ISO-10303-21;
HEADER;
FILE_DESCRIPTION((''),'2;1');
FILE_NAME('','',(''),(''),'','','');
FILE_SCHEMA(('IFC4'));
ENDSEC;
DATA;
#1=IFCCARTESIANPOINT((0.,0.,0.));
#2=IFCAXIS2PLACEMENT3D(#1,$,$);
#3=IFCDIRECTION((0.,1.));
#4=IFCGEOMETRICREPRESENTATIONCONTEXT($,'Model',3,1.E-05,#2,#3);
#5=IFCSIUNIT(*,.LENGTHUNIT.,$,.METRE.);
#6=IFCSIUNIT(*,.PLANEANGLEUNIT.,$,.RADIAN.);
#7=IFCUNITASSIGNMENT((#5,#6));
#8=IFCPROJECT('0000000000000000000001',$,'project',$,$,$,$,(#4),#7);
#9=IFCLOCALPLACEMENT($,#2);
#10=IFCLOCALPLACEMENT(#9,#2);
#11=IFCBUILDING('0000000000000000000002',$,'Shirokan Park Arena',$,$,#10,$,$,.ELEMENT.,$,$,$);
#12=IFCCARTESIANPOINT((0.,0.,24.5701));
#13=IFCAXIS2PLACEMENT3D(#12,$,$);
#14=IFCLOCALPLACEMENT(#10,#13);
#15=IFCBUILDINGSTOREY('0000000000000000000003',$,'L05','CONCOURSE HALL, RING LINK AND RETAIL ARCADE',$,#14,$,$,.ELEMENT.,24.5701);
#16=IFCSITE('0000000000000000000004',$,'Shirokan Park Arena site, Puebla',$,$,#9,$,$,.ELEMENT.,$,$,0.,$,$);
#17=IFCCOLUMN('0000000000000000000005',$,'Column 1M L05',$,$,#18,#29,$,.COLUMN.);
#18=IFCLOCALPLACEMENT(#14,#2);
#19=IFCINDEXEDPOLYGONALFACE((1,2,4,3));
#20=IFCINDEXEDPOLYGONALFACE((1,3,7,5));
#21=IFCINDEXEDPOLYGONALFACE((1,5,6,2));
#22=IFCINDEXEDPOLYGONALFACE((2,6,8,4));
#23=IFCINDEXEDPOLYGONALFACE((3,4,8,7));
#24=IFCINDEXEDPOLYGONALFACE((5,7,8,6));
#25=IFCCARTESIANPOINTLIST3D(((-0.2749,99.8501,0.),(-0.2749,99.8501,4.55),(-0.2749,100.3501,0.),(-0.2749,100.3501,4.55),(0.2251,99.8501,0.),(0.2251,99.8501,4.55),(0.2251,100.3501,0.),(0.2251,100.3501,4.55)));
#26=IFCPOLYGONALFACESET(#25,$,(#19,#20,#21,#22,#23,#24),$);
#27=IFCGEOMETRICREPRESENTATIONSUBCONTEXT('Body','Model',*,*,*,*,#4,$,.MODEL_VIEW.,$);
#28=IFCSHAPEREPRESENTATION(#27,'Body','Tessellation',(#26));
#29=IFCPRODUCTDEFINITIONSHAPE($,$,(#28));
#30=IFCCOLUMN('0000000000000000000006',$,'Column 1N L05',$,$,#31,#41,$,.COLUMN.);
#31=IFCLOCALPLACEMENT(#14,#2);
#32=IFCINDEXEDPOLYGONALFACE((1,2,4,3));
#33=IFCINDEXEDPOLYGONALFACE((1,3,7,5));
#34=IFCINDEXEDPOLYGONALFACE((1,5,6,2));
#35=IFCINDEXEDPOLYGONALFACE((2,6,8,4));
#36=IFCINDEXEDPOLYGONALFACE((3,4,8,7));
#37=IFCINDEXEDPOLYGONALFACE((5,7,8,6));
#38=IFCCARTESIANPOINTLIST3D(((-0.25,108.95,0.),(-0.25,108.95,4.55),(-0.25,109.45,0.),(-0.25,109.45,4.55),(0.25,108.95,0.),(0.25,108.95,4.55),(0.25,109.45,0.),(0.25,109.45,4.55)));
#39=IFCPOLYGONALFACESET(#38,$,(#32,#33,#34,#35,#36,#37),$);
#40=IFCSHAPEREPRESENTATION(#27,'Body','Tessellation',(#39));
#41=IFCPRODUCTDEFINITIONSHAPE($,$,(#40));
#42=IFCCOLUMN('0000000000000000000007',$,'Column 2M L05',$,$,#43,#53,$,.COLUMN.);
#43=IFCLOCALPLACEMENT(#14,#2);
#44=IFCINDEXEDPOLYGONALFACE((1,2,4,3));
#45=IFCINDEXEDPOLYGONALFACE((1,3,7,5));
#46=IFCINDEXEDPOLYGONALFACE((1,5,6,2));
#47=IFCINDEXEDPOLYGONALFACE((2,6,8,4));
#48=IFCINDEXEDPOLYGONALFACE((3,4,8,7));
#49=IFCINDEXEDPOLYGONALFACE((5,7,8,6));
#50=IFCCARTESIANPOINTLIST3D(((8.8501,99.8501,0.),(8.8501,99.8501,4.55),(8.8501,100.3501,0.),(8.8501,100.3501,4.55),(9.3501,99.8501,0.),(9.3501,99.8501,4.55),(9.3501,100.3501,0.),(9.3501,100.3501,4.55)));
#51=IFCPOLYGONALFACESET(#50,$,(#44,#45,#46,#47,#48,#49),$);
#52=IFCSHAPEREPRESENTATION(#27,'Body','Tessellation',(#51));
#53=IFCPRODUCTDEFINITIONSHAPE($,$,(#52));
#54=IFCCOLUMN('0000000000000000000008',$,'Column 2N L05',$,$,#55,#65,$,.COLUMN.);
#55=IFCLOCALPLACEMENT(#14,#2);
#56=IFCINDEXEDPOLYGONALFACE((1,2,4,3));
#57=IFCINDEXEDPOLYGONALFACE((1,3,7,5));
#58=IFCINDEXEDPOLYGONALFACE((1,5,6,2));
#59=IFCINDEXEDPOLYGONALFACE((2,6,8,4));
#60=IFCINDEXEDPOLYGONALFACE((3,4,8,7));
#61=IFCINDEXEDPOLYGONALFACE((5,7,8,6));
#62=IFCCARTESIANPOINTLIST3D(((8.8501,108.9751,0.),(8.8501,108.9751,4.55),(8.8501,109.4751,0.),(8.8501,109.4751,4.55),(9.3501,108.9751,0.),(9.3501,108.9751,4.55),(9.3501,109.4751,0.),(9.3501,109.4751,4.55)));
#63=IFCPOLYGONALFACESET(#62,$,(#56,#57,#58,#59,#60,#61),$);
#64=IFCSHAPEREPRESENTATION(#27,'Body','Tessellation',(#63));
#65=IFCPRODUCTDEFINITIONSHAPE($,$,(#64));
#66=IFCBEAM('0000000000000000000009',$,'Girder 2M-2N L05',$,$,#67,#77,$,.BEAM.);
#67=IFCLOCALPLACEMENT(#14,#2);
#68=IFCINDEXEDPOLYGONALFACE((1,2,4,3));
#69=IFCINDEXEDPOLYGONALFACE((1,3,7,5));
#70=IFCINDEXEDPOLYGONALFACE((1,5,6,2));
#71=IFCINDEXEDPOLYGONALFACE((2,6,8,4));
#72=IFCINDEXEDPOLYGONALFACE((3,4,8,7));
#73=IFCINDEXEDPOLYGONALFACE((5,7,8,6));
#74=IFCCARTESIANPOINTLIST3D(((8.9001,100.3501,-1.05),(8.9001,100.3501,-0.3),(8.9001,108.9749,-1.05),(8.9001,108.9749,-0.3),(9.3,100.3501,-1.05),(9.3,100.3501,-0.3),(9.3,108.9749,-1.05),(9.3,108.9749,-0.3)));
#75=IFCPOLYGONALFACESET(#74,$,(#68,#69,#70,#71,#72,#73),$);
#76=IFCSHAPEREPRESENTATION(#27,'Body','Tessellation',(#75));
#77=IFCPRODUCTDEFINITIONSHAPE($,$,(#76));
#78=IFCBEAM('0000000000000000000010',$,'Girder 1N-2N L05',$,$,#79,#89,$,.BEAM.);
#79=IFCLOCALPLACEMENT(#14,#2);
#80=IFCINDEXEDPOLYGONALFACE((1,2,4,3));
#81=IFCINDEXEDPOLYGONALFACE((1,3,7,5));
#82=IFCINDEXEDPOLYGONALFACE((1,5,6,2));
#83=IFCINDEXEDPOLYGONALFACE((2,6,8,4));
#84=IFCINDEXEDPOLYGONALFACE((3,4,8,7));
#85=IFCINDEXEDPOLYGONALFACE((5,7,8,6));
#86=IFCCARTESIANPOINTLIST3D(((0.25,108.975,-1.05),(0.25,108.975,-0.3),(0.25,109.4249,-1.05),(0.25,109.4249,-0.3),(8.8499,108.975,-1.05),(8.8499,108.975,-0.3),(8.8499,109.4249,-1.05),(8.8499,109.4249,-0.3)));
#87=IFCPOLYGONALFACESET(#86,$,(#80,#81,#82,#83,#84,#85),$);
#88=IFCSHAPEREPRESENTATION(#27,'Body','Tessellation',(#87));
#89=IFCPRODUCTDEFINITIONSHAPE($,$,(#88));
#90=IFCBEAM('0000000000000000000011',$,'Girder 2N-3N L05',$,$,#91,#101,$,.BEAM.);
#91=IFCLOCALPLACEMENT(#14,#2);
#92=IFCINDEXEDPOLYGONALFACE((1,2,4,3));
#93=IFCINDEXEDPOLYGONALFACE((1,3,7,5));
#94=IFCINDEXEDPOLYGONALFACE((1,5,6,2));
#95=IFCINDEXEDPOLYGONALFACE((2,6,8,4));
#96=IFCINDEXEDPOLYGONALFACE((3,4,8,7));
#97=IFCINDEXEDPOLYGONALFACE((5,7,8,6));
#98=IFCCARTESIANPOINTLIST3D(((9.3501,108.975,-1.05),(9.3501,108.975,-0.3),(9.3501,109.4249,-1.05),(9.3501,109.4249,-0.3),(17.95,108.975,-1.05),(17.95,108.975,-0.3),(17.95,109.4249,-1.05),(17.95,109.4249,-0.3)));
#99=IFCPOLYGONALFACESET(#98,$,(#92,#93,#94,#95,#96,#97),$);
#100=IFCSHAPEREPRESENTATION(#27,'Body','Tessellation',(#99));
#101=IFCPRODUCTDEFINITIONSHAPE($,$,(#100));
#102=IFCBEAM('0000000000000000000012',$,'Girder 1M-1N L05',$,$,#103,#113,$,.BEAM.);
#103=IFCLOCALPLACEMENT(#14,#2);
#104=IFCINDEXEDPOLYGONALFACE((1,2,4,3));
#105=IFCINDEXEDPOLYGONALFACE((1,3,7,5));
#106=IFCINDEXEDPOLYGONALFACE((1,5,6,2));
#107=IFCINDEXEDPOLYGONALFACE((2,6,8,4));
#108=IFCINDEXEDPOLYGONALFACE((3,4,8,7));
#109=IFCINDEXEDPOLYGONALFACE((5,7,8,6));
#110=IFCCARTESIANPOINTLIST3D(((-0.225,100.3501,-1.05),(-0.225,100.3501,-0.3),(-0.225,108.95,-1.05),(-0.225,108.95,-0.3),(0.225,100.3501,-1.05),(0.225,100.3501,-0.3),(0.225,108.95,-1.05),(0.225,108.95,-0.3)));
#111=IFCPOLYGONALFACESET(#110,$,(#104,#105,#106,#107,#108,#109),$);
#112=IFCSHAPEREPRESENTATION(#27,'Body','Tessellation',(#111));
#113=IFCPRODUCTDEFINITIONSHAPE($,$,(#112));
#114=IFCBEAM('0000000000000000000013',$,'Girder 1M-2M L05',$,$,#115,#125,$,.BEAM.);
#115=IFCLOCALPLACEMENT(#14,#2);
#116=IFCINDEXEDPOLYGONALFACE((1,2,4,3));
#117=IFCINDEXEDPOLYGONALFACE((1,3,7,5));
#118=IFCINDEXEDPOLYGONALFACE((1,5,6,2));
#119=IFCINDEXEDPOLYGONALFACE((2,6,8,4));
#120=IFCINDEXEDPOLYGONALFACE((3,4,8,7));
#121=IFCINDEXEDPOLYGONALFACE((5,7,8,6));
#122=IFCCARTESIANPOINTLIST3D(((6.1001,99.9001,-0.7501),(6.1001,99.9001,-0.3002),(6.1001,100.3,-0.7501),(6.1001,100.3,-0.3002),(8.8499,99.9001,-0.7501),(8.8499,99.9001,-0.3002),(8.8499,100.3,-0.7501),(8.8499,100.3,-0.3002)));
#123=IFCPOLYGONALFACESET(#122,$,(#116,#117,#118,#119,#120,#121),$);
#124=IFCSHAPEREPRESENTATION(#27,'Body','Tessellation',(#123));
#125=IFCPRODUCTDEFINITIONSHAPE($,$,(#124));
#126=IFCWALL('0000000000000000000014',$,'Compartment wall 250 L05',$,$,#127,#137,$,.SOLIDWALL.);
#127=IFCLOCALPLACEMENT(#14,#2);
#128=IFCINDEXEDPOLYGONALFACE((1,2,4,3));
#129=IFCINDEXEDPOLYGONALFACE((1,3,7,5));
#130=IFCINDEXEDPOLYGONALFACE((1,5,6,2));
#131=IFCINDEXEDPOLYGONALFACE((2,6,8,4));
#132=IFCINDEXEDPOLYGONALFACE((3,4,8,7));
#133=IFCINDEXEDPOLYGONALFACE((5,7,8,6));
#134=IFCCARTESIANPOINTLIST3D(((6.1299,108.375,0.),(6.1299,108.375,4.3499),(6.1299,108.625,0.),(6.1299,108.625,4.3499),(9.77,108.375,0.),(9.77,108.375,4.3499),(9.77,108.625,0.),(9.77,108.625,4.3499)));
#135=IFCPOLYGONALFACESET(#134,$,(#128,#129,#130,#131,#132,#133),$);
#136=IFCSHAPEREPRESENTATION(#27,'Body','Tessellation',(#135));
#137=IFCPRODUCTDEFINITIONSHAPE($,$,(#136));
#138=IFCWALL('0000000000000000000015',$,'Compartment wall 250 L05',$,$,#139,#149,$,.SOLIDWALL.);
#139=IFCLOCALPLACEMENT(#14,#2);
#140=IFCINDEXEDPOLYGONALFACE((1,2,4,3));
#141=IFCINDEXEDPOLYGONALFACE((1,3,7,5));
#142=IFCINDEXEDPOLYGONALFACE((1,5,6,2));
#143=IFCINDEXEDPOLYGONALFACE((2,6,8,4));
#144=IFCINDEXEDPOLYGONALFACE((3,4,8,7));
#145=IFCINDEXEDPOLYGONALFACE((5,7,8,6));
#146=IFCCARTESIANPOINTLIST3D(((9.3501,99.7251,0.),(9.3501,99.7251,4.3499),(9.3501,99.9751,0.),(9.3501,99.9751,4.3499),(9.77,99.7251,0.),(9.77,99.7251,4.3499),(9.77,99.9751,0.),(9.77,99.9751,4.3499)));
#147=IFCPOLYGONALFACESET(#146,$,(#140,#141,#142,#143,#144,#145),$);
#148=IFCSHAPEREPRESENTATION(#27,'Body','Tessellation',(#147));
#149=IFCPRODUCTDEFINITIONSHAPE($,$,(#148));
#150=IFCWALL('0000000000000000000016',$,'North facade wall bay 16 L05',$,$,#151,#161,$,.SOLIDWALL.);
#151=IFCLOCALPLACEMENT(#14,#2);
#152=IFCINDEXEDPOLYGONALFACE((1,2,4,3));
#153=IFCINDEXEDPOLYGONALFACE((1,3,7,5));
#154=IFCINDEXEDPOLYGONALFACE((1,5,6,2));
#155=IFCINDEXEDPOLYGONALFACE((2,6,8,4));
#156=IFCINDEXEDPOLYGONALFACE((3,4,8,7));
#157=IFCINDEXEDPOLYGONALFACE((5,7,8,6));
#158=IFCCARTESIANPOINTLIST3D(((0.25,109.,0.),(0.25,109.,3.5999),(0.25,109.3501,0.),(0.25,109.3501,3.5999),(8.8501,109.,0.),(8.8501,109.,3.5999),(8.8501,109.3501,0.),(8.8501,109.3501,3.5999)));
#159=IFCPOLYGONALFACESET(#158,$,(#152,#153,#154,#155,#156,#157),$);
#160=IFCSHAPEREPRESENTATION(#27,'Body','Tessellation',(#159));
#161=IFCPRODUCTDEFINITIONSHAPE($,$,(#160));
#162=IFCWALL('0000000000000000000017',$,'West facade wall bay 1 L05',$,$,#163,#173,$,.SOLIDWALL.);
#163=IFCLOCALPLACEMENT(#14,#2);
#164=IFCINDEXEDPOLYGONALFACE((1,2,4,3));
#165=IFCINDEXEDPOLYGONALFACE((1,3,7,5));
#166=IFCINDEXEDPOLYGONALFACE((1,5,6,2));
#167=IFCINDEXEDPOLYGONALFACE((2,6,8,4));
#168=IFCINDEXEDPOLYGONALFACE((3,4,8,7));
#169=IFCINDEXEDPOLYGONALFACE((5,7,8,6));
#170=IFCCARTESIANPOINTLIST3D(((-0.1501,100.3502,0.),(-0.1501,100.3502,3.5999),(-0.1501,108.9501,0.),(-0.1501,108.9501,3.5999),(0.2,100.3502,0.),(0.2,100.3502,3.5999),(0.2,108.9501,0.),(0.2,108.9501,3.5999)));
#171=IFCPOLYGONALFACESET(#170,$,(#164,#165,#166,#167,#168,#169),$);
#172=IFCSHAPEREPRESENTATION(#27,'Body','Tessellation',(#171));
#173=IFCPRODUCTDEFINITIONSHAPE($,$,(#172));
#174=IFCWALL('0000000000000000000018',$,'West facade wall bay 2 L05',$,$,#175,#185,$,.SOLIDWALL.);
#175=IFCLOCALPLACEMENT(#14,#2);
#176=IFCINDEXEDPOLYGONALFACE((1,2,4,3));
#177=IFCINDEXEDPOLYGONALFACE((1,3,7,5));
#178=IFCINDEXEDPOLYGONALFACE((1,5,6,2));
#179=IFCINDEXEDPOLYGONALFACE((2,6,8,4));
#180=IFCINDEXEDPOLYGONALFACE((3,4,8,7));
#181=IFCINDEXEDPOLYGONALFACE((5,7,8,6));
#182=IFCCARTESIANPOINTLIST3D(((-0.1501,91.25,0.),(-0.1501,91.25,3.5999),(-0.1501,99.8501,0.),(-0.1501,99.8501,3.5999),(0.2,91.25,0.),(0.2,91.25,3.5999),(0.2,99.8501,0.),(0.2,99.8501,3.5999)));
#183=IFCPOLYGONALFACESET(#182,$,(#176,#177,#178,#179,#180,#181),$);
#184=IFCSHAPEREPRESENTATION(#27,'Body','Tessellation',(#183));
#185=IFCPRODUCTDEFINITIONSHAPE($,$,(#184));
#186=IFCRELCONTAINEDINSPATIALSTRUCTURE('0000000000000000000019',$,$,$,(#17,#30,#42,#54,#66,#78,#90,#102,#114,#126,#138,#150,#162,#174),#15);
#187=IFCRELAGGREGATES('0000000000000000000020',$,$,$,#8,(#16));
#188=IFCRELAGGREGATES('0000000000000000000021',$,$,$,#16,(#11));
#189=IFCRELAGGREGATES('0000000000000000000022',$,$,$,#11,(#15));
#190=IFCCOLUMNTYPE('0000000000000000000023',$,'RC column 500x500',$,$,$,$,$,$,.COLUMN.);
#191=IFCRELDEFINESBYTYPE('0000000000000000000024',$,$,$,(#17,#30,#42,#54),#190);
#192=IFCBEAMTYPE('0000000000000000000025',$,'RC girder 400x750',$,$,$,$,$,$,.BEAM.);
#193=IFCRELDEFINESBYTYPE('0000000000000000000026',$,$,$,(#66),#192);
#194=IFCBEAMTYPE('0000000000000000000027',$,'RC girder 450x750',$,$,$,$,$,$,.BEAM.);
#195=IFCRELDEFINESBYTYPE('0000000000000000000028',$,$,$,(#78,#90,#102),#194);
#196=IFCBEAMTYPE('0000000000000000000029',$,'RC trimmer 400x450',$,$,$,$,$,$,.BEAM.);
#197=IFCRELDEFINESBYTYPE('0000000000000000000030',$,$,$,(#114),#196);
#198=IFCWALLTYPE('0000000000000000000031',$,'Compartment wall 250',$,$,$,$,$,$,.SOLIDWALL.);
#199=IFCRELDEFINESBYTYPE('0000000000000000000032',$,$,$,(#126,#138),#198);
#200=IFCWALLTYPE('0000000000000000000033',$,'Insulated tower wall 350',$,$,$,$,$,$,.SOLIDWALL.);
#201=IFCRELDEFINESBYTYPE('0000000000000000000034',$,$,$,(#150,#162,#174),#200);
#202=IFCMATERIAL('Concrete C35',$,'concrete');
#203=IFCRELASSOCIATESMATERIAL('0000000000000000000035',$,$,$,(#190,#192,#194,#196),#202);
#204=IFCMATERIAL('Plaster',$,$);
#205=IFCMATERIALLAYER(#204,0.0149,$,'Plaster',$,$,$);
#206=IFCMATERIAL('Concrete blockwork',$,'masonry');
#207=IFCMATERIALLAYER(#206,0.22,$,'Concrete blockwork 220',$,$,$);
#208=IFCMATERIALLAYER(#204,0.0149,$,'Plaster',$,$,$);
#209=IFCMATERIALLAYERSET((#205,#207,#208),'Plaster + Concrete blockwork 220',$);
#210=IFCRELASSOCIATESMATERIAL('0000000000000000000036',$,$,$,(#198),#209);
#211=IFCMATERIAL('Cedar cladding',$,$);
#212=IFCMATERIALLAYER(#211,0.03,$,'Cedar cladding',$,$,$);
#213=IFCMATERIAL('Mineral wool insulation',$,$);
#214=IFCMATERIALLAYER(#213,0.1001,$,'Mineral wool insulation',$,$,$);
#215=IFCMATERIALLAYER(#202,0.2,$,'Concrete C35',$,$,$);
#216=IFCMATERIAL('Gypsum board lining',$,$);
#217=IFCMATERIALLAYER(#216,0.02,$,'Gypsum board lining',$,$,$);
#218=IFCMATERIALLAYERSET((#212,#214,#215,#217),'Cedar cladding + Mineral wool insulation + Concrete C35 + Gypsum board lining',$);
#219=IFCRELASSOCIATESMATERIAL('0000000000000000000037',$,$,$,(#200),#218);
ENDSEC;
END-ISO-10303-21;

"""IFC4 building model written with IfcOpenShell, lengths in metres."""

from ifc_helpers import new_model, si_unit, direction, frame, frame_2d, origin, origin_2d, place, context, subcontext, project, spatial, rectangle, extrude, material, layer, layer_set, material_profile, profile_set, type_object, element, save


model = new_model("IFC4")

# Units and contexts
model_context = context("Model", 3, precision=1e-05, world=origin(), true_north=direction((0.0, 1.0)))
body_context = subcontext(model_context, "Body", "Model", "MODEL_VIEW")
ifc_project = project(units=[si_unit("LENGTHUNIT", "METRE"), si_unit("PLANEANGLEUNIT", "RADIAN")], contexts=[model_context])

# Site, building, storey
site_placement = place(None, origin())
site = spatial("IfcSite", under=ifc_project, at=site_placement, Name="Shirokan Park Arena site, Puebla", CompositionType="ELEMENT", RefElevation=0.0)
building_placement = place(site_placement, origin())
building = spatial("IfcBuilding", under=site, at=building_placement, Name="Shirokan Park Arena", CompositionType="ELEMENT")
storey_placement = place(building_placement, frame((0.0, 0.0, 24.5701)))
storey = spatial("IfcBuildingStorey", under=building, at=storey_placement, Name="L05", Description="CONCOURSE HALL, RING LINK AND RETAIL ARCADE", CompositionType="ELEMENT", Elevation=24.5701)

# Columns
ifc_material_1 = material(Name="Concrete C35", Category="concrete")
ifc_material_profile_1 = material_profile(ifc_material_1, rectangle(XDim=0.5, YDim=0.5, at=origin_2d()), Name="500x500")
ifc_profile_set_1 = profile_set([ifc_material_profile_1], Name="Concrete C35")
column_type = type_object("IfcColumnType", Name="RC column 500x500", PredefinedType="COLUMN", material=ifc_profile_set_1)
for number, where, z_axis, x_axis, name in (
    (1, (-0.0249, 100.1001, 0.0), (0.0, 0.0, 1.0), (1.0, 0.0, 0.0), "Column 1M L05"),
    (2, (0.0, 109.2, 0.0), (0.0, 0.0, 1.0), (1.0, 0.0, 0.0), "Column 1N L05"),
    (3, (9.1001, 100.1001, 0.0), (0.0, 0.0, 1.0), (1.0, 0.0, 0.0), "Column 2M L05"),
    (4, (9.1001, 109.2251, 0.0), (0.0, 0.0, 1.0), (1.0, 0.0, 0.0), "Column 2N L05"),
):
    element("IfcColumn", number, at=place(storey_placement, frame(where, z_axis=z_axis, x_axis=x_axis)), inside=storey, type_object=column_type, Name=name, PredefinedType="COLUMN", context=body_context, shape_type="SweptSolid", body=[
        extrude(rectangle(XDim=0.5, YDim=0.5, at=origin_2d()), origin(), (0.0, 0.0, 1.0), 4.55),
    ])

# Beams
ifc_material_profile_2 = material_profile(ifc_material_1, rectangle(XDim=0.3999, YDim=0.75, at=origin_2d()), Name="400x750")
ifc_profile_set_2 = profile_set([ifc_material_profile_2], Name="Concrete C35")
beam_type_1 = type_object("IfcBeamType", Name="RC girder 400x750", PredefinedType="BEAM", material=ifc_profile_set_2)
beam_1_placement = place(storey_placement, frame((9.1001, 100.3501, -0.675), z_axis=(0.0, 1.0, 0.0), x_axis=(-1.0, 0.0, 0.0)))
element("IfcBeam", 5, at=beam_1_placement, inside=storey, type_object=beam_type_1, Name="Girder 2M-2N L05", PredefinedType="BEAM", context=body_context, shape_type="SweptSolid", body=[
    extrude(rectangle(XDim=0.3999, YDim=0.75, at=origin_2d()), origin(), (0.0, 0.0, 1.0), 8.6248),
])
ifc_material_profile_3 = material_profile(ifc_material_1, rectangle(XDim=0.45, YDim=0.75, at=origin_2d()), Name="450x750")
ifc_profile_set_3 = profile_set([ifc_material_profile_3], Name="Concrete C35")
beam_type_2 = type_object("IfcBeamType", Name="RC girder 450x750", PredefinedType="BEAM", material=ifc_profile_set_3)
for number, where, z_axis, x_axis, name in (
    (6, (0.25, 109.2, -0.675), (1.0, 0.0, 0.0), (0.0, 1.0, 0.0), "Girder 1N-2N L05"),
    (7, (9.3501, 109.2, -0.675), (1.0, 0.0, 0.0), (0.0, 1.0, 0.0), "Girder 2N-3N L05"),
    (8, (0.0, 100.3501, -0.675), (0.0, 1.0, 0.0), (-1.0, 0.0, 0.0), "Girder 1M-1N L05"),
):
    element("IfcBeam", number, at=place(storey_placement, frame(where, z_axis=z_axis, x_axis=x_axis)), inside=storey, type_object=beam_type_2, Name=name, PredefinedType="BEAM", context=body_context, shape_type="SweptSolid", body=[
        extrude(rectangle(XDim=0.45, YDim=0.75, at=origin_2d()), origin(), (0.0, 0.0, 1.0), 8.5999),
    ])
ifc_material_profile_4 = material_profile(ifc_material_1, rectangle(XDim=0.3999, YDim=0.45, at=origin_2d()), Name="400x450")
ifc_profile_set_4 = profile_set([ifc_material_profile_4], Name="Concrete C35")
beam_type_3 = type_object("IfcBeamType", Name="RC trimmer 400x450", PredefinedType="BEAM", material=ifc_profile_set_4)
beam_2_placement = place(storey_placement, frame((6.1001, 100.1001, -0.5251), z_axis=(1.0, 0.0, 0.0), x_axis=(0.0, 1.0, 0.0)))
element("IfcBeam", 9, at=beam_2_placement, inside=storey, type_object=beam_type_3, Name="Girder 1M-2M L05", PredefinedType="BEAM", context=body_context, shape_type="SweptSolid", body=[
    extrude(rectangle(XDim=0.3999, YDim=0.45, at=origin_2d()), origin(), (0.0, 0.0, 1.0), 2.7498),
])

# Walls
ifc_material_2 = material(Name="Plaster")
ifc_layer_1 = layer(ifc_material_2, 0.0149, Name="Plaster")
ifc_material_3 = material(Name="Concrete blockwork", Category="masonry")
ifc_layer_2 = layer(ifc_material_3, 0.22, Name="Concrete blockwork 220")
ifc_layer_3 = layer(ifc_material_2, 0.0149, Name="Plaster")
ifc_layer_set_1 = layer_set([ifc_layer_1, ifc_layer_2, ifc_layer_3], Name="Plaster + Concrete blockwork 220")
wall_type_1 = type_object("IfcWallType", Name="Compartment wall 250", PredefinedType="SOLIDWALL", material=ifc_layer_set_1)
wall_1_placement = place(storey_placement, frame((6.1299, 108.5, 0.0), z_axis=(0.0, 0.0, 1.0), x_axis=(1.0, 0.0, 0.0)))
element("IfcWall", 10, at=wall_1_placement, inside=storey, type_object=wall_type_1, Name="Compartment wall 250 L05", PredefinedType="SOLIDWALL", context=body_context, shape_type="SweptSolid", body=[
    extrude(rectangle(XDim=3.6401, YDim=0.25, at=frame_2d((1.8201, 0.0))), origin(), (0.0, 0.0, 1.0), 4.3499),
])
wall_2_placement = place(storey_placement, frame((9.3501, 99.8501, 0.0), z_axis=(0.0, 0.0, 1.0), x_axis=(1.0, 0.0, 0.0)))
element("IfcWall", 11, at=wall_2_placement, inside=storey, type_object=wall_type_1, Name="Compartment wall 250 L05", PredefinedType="SOLIDWALL", context=body_context, shape_type="SweptSolid", body=[
    extrude(rectangle(XDim=0.4199, YDim=0.25, at=frame_2d((0.21, 0.0))), origin(), (0.0, 0.0, 1.0), 4.3499),
])
ifc_material_4 = material(Name="Cedar cladding")
ifc_layer_4 = layer(ifc_material_4, 0.03, Name="Cedar cladding")
ifc_material_5 = material(Name="Mineral wool insulation")
ifc_layer_5 = layer(ifc_material_5, 0.1001, Name="Mineral wool insulation")
ifc_layer_6 = layer(ifc_material_1, 0.2, Name="Concrete C35")
ifc_material_6 = material(Name="Gypsum board lining")
ifc_layer_7 = layer(ifc_material_6, 0.02, Name="Gypsum board lining")
ifc_layer_set_2 = layer_set([ifc_layer_4, ifc_layer_5, ifc_layer_6, ifc_layer_7], Name="Cedar cladding + Mineral wool insulation + Concrete C35 + Gypsum board lining")
wall_type_2 = type_object("IfcWallType", Name="Insulated tower wall 350", PredefinedType="SOLIDWALL", material=ifc_layer_set_2)
wall_3_placement = place(storey_placement, frame((8.8501, 109.175, 0.0), z_axis=(0.0, 0.0, 1.0), x_axis=(-1.0, 0.0, 0.0)))
element("IfcWall", 12, at=wall_3_placement, inside=storey, type_object=wall_type_2, Name="North facade wall bay 16 L05", PredefinedType="SOLIDWALL", context=body_context, shape_type="SweptSolid", body=[
    extrude(rectangle(XDim=8.6001, YDim=0.3501, at=frame_2d((4.3, 0.0))), origin(), (0.0, 0.0, 1.0), 3.5999),
])
wall_4_placement = place(storey_placement, frame((0.0249, 108.95, 0.0), z_axis=(0.0, 0.0, 1.0), x_axis=(0.0, -1.0, 0.0)))
element("IfcWall", 13, at=wall_4_placement, inside=storey, type_object=wall_type_2, Name="West facade wall bay 1 L05", PredefinedType="SOLIDWALL", context=body_context, shape_type="SweptSolid", body=[
    extrude(rectangle(XDim=8.5999, YDim=0.3501, at=frame_2d((4.2998, 0.0))), origin(), (0.0, 0.0, 1.0), 3.5999),
])
wall_5_placement = place(storey_placement, frame((0.0249, 99.8501, 0.0), z_axis=(0.0, 0.0, 1.0), x_axis=(0.0, -1.0, 0.0)))
element("IfcWall", 14, at=wall_5_placement, inside=storey, type_object=wall_type_2, Name="West facade wall bay 2 L05", PredefinedType="SOLIDWALL", context=body_context, shape_type="SweptSolid", body=[
    extrude(rectangle(XDim=8.6001, YDim=0.3501, at=frame_2d((4.3, 0.0))), origin(), (0.0, 0.0, 1.0), 3.5999),
])

save(model, "model.ifc")
